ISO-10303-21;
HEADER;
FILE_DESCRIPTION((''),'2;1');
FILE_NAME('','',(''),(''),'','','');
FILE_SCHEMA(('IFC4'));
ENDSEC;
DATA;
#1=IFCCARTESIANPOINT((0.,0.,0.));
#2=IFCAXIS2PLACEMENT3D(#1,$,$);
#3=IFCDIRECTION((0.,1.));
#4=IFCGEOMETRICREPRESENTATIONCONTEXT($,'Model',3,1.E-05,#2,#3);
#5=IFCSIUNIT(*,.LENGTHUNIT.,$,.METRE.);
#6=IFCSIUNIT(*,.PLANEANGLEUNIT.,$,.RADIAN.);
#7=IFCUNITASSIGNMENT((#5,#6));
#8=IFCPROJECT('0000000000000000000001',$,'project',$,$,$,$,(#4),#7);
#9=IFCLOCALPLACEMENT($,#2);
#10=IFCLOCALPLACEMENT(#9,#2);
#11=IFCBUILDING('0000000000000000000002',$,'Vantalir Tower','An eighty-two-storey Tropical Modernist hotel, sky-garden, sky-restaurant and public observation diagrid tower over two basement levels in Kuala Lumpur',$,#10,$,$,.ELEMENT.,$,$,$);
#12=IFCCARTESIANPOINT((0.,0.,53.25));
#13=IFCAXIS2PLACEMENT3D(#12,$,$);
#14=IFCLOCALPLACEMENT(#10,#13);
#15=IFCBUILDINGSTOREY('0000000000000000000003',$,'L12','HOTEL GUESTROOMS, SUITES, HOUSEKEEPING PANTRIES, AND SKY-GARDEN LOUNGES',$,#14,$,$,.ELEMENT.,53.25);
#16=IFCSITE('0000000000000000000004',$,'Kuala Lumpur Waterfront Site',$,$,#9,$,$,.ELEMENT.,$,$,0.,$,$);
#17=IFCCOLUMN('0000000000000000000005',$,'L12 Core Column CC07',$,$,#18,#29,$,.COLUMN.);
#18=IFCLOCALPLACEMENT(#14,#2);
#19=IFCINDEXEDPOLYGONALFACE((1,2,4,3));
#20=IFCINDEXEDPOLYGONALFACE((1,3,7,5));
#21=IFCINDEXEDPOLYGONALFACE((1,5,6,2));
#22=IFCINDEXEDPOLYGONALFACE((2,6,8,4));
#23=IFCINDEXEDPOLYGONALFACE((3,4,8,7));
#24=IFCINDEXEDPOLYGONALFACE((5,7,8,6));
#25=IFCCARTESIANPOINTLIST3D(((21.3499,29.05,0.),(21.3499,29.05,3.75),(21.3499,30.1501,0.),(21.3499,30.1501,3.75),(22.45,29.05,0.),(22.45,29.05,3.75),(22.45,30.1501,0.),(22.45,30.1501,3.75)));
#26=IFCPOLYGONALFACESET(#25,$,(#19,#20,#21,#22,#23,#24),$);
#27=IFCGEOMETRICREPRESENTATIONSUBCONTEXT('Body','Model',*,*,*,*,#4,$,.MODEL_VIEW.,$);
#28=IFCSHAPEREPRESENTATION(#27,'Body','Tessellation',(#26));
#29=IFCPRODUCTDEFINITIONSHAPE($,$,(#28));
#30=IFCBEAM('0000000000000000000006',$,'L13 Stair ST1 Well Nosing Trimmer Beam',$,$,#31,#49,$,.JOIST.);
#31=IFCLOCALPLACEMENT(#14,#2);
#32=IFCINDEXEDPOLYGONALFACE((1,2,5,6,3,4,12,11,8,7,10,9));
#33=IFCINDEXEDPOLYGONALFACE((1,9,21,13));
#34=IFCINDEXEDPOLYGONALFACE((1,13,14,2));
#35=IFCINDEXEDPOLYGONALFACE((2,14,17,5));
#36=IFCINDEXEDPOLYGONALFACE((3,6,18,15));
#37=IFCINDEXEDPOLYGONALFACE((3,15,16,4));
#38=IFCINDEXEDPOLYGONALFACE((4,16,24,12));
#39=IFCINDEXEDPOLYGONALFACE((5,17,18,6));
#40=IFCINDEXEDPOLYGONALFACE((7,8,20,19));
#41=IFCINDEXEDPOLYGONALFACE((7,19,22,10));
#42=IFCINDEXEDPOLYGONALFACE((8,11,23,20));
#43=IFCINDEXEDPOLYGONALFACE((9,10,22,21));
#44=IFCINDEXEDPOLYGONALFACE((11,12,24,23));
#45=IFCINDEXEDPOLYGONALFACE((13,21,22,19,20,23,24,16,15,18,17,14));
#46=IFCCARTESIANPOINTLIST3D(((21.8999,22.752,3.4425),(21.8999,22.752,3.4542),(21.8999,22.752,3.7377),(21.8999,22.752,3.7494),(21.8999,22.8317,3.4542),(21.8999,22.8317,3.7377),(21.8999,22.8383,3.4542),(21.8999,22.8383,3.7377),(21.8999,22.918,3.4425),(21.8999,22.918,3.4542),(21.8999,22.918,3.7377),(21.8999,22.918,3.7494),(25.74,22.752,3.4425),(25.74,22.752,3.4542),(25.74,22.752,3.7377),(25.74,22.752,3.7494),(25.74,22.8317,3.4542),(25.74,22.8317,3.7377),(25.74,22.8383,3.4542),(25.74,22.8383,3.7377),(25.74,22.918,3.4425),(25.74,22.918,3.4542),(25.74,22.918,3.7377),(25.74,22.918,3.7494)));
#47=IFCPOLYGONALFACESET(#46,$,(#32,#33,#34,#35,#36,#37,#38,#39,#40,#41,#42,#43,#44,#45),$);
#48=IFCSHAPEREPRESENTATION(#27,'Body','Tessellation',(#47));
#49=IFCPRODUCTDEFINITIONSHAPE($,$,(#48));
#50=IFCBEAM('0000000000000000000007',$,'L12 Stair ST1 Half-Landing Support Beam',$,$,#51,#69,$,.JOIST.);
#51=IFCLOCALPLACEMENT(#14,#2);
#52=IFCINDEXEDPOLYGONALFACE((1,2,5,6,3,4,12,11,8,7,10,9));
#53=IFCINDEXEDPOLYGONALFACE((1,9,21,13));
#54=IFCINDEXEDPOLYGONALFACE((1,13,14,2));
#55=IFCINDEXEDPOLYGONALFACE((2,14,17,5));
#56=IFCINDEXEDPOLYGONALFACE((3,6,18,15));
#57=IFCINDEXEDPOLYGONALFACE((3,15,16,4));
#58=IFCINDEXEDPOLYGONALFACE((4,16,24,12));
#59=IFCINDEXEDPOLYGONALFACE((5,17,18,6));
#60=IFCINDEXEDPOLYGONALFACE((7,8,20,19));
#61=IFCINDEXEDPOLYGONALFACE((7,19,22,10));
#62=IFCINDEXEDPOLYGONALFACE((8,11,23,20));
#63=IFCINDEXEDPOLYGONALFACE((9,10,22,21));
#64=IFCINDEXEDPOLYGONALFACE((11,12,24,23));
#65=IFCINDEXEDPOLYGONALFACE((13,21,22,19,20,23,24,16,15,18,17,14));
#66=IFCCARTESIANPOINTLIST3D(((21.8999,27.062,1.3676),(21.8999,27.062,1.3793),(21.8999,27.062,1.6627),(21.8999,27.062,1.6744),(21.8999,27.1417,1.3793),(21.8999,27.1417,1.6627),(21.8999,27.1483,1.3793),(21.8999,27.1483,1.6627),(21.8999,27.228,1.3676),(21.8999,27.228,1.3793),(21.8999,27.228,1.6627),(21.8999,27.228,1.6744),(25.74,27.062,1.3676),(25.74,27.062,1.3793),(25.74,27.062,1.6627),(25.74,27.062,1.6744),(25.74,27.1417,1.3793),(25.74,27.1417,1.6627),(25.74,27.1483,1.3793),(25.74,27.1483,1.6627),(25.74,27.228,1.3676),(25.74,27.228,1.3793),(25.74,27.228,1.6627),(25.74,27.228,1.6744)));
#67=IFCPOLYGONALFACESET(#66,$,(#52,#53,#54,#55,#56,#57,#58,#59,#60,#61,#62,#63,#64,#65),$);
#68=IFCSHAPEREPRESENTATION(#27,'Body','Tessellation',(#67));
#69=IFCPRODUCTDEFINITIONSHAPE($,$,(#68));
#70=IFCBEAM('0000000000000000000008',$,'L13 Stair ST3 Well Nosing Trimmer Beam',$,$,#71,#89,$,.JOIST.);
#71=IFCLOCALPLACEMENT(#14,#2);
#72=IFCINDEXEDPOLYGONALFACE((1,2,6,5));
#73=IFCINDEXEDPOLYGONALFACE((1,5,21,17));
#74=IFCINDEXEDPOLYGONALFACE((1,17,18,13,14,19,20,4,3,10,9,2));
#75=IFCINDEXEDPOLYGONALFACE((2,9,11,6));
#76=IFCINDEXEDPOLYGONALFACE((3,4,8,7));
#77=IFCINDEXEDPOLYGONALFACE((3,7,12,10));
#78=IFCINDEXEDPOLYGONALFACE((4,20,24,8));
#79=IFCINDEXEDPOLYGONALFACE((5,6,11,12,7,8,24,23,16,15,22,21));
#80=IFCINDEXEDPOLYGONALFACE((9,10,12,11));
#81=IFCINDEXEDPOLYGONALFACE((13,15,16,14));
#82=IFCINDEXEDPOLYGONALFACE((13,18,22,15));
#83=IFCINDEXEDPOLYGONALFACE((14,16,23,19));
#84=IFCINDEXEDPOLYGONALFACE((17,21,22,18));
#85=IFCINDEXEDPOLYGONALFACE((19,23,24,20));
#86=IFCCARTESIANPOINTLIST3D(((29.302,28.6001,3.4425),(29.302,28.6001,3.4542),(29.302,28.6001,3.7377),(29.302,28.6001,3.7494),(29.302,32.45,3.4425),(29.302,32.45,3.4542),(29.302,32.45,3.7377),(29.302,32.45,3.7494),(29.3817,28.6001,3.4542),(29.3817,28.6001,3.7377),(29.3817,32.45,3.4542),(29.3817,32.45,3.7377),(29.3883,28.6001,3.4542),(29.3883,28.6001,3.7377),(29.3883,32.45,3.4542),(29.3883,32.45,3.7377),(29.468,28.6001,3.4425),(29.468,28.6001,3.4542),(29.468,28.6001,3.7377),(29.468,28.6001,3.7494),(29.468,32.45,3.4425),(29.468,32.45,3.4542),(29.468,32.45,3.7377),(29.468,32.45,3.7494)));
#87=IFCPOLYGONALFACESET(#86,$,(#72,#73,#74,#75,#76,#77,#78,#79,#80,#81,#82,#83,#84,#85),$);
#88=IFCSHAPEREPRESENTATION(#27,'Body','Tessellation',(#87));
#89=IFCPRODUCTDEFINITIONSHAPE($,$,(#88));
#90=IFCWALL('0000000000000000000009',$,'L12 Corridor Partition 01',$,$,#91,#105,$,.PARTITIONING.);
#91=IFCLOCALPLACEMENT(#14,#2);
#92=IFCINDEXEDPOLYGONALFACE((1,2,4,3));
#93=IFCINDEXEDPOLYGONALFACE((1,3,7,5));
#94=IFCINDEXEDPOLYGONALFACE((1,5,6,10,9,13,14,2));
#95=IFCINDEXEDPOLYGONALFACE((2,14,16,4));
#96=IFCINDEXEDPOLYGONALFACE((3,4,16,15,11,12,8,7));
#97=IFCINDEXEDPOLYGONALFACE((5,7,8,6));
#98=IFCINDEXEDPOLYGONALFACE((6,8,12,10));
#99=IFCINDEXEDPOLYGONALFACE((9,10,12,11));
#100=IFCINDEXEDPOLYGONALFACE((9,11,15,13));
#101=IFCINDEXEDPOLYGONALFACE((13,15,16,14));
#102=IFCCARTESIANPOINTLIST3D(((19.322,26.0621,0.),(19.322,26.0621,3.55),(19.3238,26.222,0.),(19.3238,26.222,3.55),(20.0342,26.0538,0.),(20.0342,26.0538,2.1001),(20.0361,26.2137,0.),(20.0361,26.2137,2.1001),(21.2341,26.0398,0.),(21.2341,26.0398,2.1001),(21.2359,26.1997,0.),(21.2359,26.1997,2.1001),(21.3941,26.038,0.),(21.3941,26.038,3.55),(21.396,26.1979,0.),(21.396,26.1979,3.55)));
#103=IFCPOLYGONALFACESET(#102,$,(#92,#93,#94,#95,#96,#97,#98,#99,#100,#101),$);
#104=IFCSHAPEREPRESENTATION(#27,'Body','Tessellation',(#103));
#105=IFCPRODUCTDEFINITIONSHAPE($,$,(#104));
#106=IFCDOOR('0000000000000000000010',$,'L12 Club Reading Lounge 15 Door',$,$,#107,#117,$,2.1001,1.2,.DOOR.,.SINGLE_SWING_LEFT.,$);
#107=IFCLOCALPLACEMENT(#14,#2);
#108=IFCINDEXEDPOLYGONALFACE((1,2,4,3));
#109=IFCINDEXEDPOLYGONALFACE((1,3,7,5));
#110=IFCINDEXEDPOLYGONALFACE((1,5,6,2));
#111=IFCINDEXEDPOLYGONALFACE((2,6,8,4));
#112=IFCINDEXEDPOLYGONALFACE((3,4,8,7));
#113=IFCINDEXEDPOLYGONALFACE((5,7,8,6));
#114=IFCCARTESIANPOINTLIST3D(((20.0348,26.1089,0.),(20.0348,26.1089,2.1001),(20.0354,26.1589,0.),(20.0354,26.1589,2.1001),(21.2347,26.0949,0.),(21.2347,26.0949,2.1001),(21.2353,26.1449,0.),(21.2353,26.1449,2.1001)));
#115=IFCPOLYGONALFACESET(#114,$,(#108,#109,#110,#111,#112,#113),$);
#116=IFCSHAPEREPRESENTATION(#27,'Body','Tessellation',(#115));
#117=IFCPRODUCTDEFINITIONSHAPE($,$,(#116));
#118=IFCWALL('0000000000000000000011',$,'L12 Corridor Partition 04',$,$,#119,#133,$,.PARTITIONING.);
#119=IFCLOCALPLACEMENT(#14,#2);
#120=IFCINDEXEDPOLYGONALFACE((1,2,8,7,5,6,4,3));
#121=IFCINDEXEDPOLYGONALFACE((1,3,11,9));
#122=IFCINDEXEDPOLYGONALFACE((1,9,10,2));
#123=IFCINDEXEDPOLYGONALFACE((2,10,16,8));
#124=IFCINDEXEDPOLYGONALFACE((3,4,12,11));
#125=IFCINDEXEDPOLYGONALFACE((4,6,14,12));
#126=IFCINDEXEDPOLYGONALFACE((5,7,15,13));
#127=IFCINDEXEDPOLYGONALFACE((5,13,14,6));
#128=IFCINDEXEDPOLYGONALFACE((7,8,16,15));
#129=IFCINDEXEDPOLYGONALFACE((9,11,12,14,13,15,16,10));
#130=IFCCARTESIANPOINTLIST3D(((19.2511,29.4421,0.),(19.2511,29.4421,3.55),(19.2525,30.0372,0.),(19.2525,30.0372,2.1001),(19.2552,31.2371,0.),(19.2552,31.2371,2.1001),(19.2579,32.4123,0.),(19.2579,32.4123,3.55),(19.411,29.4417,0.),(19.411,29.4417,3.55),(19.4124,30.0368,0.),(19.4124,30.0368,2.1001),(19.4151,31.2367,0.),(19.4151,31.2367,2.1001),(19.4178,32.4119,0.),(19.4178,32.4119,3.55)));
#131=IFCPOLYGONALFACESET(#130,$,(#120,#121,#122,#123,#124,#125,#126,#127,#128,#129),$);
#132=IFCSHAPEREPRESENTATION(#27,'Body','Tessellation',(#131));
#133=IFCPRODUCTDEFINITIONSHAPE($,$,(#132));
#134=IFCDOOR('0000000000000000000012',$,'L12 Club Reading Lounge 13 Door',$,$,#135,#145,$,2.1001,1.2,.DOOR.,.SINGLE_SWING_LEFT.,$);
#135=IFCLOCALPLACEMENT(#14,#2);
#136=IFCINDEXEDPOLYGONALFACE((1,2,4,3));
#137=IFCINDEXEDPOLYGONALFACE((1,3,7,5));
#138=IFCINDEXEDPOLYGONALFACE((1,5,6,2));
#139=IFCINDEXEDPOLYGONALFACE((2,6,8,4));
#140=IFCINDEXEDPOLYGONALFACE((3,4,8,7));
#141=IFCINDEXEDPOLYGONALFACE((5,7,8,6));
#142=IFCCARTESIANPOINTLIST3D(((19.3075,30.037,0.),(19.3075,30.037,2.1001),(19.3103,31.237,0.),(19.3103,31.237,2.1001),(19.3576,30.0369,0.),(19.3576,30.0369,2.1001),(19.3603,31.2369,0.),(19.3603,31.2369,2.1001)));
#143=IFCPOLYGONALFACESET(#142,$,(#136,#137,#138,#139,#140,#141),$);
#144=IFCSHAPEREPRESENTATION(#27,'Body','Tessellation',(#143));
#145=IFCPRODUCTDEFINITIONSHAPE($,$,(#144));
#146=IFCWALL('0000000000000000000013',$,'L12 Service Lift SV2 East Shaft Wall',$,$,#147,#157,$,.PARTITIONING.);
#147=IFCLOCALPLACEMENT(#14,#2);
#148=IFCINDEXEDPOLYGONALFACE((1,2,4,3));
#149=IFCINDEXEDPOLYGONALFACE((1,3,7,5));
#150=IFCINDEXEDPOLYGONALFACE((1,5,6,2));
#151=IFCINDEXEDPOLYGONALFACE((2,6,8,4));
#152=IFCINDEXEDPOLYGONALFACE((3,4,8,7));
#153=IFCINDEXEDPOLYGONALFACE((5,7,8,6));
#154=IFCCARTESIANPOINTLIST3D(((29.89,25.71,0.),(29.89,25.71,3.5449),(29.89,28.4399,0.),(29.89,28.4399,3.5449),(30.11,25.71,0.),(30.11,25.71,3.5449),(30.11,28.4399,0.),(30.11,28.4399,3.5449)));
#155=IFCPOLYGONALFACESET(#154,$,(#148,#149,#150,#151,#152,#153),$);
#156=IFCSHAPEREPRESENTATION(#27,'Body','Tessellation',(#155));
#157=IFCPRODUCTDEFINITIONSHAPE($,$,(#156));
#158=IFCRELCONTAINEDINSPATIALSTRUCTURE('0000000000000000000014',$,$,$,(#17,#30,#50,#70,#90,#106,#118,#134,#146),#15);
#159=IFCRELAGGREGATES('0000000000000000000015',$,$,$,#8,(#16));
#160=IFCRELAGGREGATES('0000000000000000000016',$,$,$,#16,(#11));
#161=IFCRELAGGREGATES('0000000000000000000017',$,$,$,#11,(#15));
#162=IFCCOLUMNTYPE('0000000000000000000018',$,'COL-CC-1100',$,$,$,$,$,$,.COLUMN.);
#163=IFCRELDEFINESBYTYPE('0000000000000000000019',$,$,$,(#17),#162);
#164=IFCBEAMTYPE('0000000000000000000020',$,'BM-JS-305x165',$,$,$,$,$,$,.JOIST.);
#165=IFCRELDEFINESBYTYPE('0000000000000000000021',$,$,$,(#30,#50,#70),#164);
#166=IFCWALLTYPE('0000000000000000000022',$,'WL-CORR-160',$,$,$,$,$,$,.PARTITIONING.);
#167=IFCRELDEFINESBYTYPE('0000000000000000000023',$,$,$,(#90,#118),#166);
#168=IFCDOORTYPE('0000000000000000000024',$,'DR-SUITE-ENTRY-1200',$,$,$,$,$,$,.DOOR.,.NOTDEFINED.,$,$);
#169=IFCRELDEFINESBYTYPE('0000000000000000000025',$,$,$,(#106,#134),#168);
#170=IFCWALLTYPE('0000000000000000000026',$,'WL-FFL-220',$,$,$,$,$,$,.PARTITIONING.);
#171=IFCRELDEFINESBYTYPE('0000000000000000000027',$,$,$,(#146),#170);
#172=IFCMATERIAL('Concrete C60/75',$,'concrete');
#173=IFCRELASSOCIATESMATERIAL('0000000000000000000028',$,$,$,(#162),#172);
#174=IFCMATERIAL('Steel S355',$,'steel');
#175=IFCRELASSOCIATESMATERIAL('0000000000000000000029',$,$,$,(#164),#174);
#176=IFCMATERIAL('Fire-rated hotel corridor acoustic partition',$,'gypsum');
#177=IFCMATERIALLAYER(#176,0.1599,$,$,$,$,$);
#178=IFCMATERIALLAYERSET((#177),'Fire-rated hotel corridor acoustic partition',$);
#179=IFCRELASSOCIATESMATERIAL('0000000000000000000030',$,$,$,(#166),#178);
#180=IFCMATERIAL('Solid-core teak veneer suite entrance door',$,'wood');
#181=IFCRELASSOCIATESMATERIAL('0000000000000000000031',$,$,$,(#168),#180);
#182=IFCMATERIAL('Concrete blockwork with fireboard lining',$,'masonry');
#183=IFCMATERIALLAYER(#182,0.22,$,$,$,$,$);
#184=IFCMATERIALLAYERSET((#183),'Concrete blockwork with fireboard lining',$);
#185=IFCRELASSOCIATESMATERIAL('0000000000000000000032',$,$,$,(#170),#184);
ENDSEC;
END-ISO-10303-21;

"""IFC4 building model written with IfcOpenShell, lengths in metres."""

from ifc_helpers import new_model, si_unit, direction, frame, frame_2d, origin, origin_2d, place, context, subcontext, project, spatial, rectangle, i_section, extrude, material, layer, layer_set, material_profile, profile_set, type_object, element, fill, save


model = new_model("IFC4")

# Units and contexts
model_context = context("Model", 3, precision=1e-05, world=origin(), true_north=direction((0.0, 1.0)))
body_context = subcontext(model_context, "Body", "Model", "MODEL_VIEW")
ifc_project = project(units=[si_unit("LENGTHUNIT", "METRE"), si_unit("PLANEANGLEUNIT", "RADIAN")], contexts=[model_context])

# Site, building, storey
site_placement = place(None, origin())
site = spatial("IfcSite", under=ifc_project, at=site_placement, Name="Kuala Lumpur Waterfront Site", CompositionType="ELEMENT", RefElevation=0.0)
building_placement = place(site_placement, origin())
building = spatial("IfcBuilding", under=site, at=building_placement, Name="Vantalir Tower", Description="An eighty-two-storey Tropical Modernist hotel, sky-garden, sky-restaurant and public observation diagrid tower over two basement levels in Kuala Lumpur", CompositionType="ELEMENT")
storey_placement = place(building_placement, frame((0.0, 0.0, 53.25)))
storey = spatial("IfcBuildingStorey", under=building, at=storey_placement, Name="L12", Description="HOTEL GUESTROOMS, SUITES, HOUSEKEEPING PANTRIES, AND SKY-GARDEN LOUNGES", CompositionType="ELEMENT", Elevation=53.25)

# Column
ifc_material_1 = material(Name="Concrete C60/75", Category="concrete")
ifc_material_profile_1 = material_profile(ifc_material_1, rectangle(XDim=1.1001, YDim=1.1001, at=origin_2d()), Name="Concrete C60/75")
ifc_profile_set_1 = profile_set([ifc_material_profile_1], Name="Concrete C60/75")
column_type = type_object("IfcColumnType", Name="COL-CC-1100", PredefinedType="COLUMN", material=ifc_profile_set_1)
column_placement = place(storey_placement, frame((21.8999, 29.6001, 0.0), z_axis=(0.0, 0.0, 1.0), x_axis=(1.0, 0.0, 0.0)))
element("IfcColumn", 1, at=column_placement, inside=storey, type_object=column_type, Name="L12 Core Column CC07", PredefinedType="COLUMN", context=body_context, shape_type="SweptSolid", body=[
    extrude(rectangle(XDim=1.1001, YDim=1.1001, at=origin_2d()), origin(), (0.0, 0.0, 1.0), 3.75),
])

# Beams
ifc_material_2 = material(Name="Steel S355", Category="steel")
ifc_material_profile_2 = material_profile(ifc_material_2, i_section(OverallWidth=0.166, OverallDepth=0.3069, WebThickness=0.0066, FlangeThickness=0.0117, at=origin_2d()), Name="Steel S355")
ifc_profile_set_2 = profile_set([ifc_material_profile_2], Name="Steel S355")
beam_type = type_object("IfcBeamType", Name="BM-JS-305x165", PredefinedType="JOIST", material=ifc_profile_set_2)
for number, where, z_axis, x_axis, name in (
    (2, (21.8999, 22.835, 3.5959), (1.0, 0.0, 0.0), (0.0, 1.0, 0.0), "L13 Stair ST1 Well Nosing Trimmer Beam"),
    (3, (21.8999, 27.145, 1.521), (1.0, 0.0, 0.0), (0.0, 1.0, 0.0), "L12 Stair ST1 Half-Landing Support Beam"),
):
    element("IfcBeam", number, at=place(storey_placement, frame(where, z_axis=z_axis, x_axis=x_axis)), inside=storey, type_object=beam_type, Name=name, PredefinedType="JOIST", context=body_context, shape_type="SweptSolid", body=[
        extrude(i_section(OverallWidth=0.166, OverallDepth=0.3069, WebThickness=0.0066, FlangeThickness=0.0117, at=origin_2d()), origin(), (0.0, 0.0, 1.0), 3.8401),
    ])
beam_placement = place(storey_placement, frame((29.385, 28.6001, 3.5959), z_axis=(0.0, 1.0, 0.0), x_axis=(-1.0, 0.0, 0.0)))
element("IfcBeam", 4, at=beam_placement, inside=storey, type_object=beam_type, Name="L13 Stair ST3 Well Nosing Trimmer Beam", PredefinedType="JOIST", context=body_context, shape_type="SweptSolid", body=[
    extrude(i_section(OverallWidth=0.166, OverallDepth=0.3069, WebThickness=0.0066, FlangeThickness=0.0117, at=origin_2d()), origin(), (0.0, 0.0, 1.0), 3.8499),
])

# Walls, openings, doors
ifc_material_3 = material(Name="Fire-rated hotel corridor acoustic partition", Category="gypsum")
ifc_layer_1 = layer(ifc_material_3, 0.1599)
ifc_layer_set_1 = layer_set([ifc_layer_1], Name="Fire-rated hotel corridor acoustic partition")
wall_type_1 = type_object("IfcWallType", Name="WL-CORR-160", PredefinedType="PARTITIONING", material=ifc_layer_set_1)
wall_1_placement = place(storey_placement, frame((21.395, 26.1179, 0.0), z_axis=(0.0, 0.0, 1.0), x_axis=(-0.999932, 0.011664, 0.0)))
wall_1 = element("IfcWall", 5, at=wall_1_placement, inside=storey, type_object=wall_type_1, Name="L12 Corridor Partition 01", PredefinedType="PARTITIONING", context=body_context, shape_type="SweptSolid", body=[
    extrude(rectangle(XDim=2.0723, YDim=0.1599, at=frame_2d((1.0361, 0.0))), origin(), (0.0, 0.0, 1.0), 3.55),
])
opening_1_placement = place(wall_1_placement, frame((0.1599, 0.0, 0.0)))
opening_1 = element("IfcOpeningElement", 6, at=opening_1_placement, cuts=wall_1, PredefinedType="OPENING", context=body_context, shape_type="SweptSolid", body=[
    extrude(rectangle(XDim=1.2, YDim=2.1001, at=frame_2d((0.6001, 1.05))), frame((0.0, 0.0898, 0.0), z_axis=(0.0, -1.0, 0.0), x_axis=(1.0, 0.0, 0.0)), (0.0, 0.0, 1.0), 0.1799),
])
ifc_material_4 = material(Name="Solid-core teak veneer suite entrance door", Category="wood")
door_type_1 = type_object("IfcDoorType", Name="DR-SUITE-ENTRY-1200", OperationType="NOTDEFINED", PredefinedType="DOOR", material=ifc_material_4)
door_1_placement = place(opening_1_placement, origin())
door_1 = element("IfcDoor", 7, at=door_1_placement, inside=storey, type_object=door_type_1, Name="L12 Club Reading Lounge 15 Door", OperationType="SINGLE_SWING_LEFT", OverallHeight=2.1001, OverallWidth=1.2, PredefinedType="DOOR", context=body_context, shape_type="SweptSolid", body=[
    extrude(rectangle(XDim=1.2, YDim=2.1001, at=frame_2d((0.6001, 1.05))), frame((0.0, 0.0249, 0.0), z_axis=(0.0, -1.0, 0.0), x_axis=(1.0, 0.0, 0.0)), (0.0, 0.0, 1.0), 0.05),
])
fill(opening_1, door_1)
wall_2_placement = place(storey_placement, frame((19.3311, 29.4419, 0.0), z_axis=(0.0, 0.0, 1.0), x_axis=(0.002301, 0.999997, 0.0)))
wall_2 = element("IfcWall", 8, at=wall_2_placement, inside=storey, type_object=wall_type_1, Name="L12 Corridor Partition 04", PredefinedType="PARTITIONING", context=body_context, shape_type="SweptSolid", body=[
    extrude(rectangle(XDim=2.9702, YDim=0.1599, at=frame_2d((1.4851, 0.0))), origin(), (0.0, 0.0, 1.0), 3.55),
])
opening_2_placement = place(wall_2_placement, frame((0.595, 0.0, 0.0)))
opening_2 = element("IfcOpeningElement", 9, at=opening_2_placement, cuts=wall_2, PredefinedType="OPENING", context=body_context, shape_type="SweptSolid", body=[
    extrude(rectangle(XDim=1.2, YDim=2.1001, at=frame_2d((0.6001, 1.05))), frame((0.0, 0.0898, 0.0), z_axis=(0.0, -1.0, 0.0), x_axis=(1.0, 0.0, 0.0)), (0.0, 0.0, 1.0), 0.1799),
])
door_2_placement = place(opening_2_placement, origin())
door_2 = element("IfcDoor", 10, at=door_2_placement, inside=storey, type_object=door_type_1, Name="L12 Club Reading Lounge 13 Door", OperationType="SINGLE_SWING_LEFT", OverallHeight=2.1001, OverallWidth=1.2, PredefinedType="DOOR", context=body_context, shape_type="SweptSolid", body=[
    extrude(rectangle(XDim=1.2, YDim=2.1001, at=frame_2d((0.6001, 1.05))), frame((0.0, 0.0249, 0.0), z_axis=(0.0, -1.0, 0.0), x_axis=(1.0, 0.0, 0.0)), (0.0, 0.0, 1.0), 0.05),
])
fill(opening_2, door_2)

# Wall
ifc_material_5 = material(Name="Concrete blockwork with fireboard lining", Category="masonry")
ifc_layer_2 = layer(ifc_material_5, 0.22)
ifc_layer_set_2 = layer_set([ifc_layer_2], Name="Concrete blockwork with fireboard lining")
wall_type_2 = type_object("IfcWallType", Name="WL-FFL-220", PredefinedType="PARTITIONING", material=ifc_layer_set_2)
wall_3_placement = place(storey_placement, frame((30.0, 25.71, 0.0), z_axis=(0.0, 0.0, 1.0), x_axis=(0.0, 1.0, 0.0)))
element("IfcWall", 11, at=wall_3_placement, inside=storey, type_object=wall_type_2, Name="L12 Service Lift SV2 East Shaft Wall", PredefinedType="PARTITIONING", context=body_context, shape_type="SweptSolid", body=[
    extrude(rectangle(XDim=2.73, YDim=0.22, at=frame_2d((1.365, 0.0))), origin(), (0.0, 0.0, 1.0), 3.5449),
])

save(model, "model.ifc")
